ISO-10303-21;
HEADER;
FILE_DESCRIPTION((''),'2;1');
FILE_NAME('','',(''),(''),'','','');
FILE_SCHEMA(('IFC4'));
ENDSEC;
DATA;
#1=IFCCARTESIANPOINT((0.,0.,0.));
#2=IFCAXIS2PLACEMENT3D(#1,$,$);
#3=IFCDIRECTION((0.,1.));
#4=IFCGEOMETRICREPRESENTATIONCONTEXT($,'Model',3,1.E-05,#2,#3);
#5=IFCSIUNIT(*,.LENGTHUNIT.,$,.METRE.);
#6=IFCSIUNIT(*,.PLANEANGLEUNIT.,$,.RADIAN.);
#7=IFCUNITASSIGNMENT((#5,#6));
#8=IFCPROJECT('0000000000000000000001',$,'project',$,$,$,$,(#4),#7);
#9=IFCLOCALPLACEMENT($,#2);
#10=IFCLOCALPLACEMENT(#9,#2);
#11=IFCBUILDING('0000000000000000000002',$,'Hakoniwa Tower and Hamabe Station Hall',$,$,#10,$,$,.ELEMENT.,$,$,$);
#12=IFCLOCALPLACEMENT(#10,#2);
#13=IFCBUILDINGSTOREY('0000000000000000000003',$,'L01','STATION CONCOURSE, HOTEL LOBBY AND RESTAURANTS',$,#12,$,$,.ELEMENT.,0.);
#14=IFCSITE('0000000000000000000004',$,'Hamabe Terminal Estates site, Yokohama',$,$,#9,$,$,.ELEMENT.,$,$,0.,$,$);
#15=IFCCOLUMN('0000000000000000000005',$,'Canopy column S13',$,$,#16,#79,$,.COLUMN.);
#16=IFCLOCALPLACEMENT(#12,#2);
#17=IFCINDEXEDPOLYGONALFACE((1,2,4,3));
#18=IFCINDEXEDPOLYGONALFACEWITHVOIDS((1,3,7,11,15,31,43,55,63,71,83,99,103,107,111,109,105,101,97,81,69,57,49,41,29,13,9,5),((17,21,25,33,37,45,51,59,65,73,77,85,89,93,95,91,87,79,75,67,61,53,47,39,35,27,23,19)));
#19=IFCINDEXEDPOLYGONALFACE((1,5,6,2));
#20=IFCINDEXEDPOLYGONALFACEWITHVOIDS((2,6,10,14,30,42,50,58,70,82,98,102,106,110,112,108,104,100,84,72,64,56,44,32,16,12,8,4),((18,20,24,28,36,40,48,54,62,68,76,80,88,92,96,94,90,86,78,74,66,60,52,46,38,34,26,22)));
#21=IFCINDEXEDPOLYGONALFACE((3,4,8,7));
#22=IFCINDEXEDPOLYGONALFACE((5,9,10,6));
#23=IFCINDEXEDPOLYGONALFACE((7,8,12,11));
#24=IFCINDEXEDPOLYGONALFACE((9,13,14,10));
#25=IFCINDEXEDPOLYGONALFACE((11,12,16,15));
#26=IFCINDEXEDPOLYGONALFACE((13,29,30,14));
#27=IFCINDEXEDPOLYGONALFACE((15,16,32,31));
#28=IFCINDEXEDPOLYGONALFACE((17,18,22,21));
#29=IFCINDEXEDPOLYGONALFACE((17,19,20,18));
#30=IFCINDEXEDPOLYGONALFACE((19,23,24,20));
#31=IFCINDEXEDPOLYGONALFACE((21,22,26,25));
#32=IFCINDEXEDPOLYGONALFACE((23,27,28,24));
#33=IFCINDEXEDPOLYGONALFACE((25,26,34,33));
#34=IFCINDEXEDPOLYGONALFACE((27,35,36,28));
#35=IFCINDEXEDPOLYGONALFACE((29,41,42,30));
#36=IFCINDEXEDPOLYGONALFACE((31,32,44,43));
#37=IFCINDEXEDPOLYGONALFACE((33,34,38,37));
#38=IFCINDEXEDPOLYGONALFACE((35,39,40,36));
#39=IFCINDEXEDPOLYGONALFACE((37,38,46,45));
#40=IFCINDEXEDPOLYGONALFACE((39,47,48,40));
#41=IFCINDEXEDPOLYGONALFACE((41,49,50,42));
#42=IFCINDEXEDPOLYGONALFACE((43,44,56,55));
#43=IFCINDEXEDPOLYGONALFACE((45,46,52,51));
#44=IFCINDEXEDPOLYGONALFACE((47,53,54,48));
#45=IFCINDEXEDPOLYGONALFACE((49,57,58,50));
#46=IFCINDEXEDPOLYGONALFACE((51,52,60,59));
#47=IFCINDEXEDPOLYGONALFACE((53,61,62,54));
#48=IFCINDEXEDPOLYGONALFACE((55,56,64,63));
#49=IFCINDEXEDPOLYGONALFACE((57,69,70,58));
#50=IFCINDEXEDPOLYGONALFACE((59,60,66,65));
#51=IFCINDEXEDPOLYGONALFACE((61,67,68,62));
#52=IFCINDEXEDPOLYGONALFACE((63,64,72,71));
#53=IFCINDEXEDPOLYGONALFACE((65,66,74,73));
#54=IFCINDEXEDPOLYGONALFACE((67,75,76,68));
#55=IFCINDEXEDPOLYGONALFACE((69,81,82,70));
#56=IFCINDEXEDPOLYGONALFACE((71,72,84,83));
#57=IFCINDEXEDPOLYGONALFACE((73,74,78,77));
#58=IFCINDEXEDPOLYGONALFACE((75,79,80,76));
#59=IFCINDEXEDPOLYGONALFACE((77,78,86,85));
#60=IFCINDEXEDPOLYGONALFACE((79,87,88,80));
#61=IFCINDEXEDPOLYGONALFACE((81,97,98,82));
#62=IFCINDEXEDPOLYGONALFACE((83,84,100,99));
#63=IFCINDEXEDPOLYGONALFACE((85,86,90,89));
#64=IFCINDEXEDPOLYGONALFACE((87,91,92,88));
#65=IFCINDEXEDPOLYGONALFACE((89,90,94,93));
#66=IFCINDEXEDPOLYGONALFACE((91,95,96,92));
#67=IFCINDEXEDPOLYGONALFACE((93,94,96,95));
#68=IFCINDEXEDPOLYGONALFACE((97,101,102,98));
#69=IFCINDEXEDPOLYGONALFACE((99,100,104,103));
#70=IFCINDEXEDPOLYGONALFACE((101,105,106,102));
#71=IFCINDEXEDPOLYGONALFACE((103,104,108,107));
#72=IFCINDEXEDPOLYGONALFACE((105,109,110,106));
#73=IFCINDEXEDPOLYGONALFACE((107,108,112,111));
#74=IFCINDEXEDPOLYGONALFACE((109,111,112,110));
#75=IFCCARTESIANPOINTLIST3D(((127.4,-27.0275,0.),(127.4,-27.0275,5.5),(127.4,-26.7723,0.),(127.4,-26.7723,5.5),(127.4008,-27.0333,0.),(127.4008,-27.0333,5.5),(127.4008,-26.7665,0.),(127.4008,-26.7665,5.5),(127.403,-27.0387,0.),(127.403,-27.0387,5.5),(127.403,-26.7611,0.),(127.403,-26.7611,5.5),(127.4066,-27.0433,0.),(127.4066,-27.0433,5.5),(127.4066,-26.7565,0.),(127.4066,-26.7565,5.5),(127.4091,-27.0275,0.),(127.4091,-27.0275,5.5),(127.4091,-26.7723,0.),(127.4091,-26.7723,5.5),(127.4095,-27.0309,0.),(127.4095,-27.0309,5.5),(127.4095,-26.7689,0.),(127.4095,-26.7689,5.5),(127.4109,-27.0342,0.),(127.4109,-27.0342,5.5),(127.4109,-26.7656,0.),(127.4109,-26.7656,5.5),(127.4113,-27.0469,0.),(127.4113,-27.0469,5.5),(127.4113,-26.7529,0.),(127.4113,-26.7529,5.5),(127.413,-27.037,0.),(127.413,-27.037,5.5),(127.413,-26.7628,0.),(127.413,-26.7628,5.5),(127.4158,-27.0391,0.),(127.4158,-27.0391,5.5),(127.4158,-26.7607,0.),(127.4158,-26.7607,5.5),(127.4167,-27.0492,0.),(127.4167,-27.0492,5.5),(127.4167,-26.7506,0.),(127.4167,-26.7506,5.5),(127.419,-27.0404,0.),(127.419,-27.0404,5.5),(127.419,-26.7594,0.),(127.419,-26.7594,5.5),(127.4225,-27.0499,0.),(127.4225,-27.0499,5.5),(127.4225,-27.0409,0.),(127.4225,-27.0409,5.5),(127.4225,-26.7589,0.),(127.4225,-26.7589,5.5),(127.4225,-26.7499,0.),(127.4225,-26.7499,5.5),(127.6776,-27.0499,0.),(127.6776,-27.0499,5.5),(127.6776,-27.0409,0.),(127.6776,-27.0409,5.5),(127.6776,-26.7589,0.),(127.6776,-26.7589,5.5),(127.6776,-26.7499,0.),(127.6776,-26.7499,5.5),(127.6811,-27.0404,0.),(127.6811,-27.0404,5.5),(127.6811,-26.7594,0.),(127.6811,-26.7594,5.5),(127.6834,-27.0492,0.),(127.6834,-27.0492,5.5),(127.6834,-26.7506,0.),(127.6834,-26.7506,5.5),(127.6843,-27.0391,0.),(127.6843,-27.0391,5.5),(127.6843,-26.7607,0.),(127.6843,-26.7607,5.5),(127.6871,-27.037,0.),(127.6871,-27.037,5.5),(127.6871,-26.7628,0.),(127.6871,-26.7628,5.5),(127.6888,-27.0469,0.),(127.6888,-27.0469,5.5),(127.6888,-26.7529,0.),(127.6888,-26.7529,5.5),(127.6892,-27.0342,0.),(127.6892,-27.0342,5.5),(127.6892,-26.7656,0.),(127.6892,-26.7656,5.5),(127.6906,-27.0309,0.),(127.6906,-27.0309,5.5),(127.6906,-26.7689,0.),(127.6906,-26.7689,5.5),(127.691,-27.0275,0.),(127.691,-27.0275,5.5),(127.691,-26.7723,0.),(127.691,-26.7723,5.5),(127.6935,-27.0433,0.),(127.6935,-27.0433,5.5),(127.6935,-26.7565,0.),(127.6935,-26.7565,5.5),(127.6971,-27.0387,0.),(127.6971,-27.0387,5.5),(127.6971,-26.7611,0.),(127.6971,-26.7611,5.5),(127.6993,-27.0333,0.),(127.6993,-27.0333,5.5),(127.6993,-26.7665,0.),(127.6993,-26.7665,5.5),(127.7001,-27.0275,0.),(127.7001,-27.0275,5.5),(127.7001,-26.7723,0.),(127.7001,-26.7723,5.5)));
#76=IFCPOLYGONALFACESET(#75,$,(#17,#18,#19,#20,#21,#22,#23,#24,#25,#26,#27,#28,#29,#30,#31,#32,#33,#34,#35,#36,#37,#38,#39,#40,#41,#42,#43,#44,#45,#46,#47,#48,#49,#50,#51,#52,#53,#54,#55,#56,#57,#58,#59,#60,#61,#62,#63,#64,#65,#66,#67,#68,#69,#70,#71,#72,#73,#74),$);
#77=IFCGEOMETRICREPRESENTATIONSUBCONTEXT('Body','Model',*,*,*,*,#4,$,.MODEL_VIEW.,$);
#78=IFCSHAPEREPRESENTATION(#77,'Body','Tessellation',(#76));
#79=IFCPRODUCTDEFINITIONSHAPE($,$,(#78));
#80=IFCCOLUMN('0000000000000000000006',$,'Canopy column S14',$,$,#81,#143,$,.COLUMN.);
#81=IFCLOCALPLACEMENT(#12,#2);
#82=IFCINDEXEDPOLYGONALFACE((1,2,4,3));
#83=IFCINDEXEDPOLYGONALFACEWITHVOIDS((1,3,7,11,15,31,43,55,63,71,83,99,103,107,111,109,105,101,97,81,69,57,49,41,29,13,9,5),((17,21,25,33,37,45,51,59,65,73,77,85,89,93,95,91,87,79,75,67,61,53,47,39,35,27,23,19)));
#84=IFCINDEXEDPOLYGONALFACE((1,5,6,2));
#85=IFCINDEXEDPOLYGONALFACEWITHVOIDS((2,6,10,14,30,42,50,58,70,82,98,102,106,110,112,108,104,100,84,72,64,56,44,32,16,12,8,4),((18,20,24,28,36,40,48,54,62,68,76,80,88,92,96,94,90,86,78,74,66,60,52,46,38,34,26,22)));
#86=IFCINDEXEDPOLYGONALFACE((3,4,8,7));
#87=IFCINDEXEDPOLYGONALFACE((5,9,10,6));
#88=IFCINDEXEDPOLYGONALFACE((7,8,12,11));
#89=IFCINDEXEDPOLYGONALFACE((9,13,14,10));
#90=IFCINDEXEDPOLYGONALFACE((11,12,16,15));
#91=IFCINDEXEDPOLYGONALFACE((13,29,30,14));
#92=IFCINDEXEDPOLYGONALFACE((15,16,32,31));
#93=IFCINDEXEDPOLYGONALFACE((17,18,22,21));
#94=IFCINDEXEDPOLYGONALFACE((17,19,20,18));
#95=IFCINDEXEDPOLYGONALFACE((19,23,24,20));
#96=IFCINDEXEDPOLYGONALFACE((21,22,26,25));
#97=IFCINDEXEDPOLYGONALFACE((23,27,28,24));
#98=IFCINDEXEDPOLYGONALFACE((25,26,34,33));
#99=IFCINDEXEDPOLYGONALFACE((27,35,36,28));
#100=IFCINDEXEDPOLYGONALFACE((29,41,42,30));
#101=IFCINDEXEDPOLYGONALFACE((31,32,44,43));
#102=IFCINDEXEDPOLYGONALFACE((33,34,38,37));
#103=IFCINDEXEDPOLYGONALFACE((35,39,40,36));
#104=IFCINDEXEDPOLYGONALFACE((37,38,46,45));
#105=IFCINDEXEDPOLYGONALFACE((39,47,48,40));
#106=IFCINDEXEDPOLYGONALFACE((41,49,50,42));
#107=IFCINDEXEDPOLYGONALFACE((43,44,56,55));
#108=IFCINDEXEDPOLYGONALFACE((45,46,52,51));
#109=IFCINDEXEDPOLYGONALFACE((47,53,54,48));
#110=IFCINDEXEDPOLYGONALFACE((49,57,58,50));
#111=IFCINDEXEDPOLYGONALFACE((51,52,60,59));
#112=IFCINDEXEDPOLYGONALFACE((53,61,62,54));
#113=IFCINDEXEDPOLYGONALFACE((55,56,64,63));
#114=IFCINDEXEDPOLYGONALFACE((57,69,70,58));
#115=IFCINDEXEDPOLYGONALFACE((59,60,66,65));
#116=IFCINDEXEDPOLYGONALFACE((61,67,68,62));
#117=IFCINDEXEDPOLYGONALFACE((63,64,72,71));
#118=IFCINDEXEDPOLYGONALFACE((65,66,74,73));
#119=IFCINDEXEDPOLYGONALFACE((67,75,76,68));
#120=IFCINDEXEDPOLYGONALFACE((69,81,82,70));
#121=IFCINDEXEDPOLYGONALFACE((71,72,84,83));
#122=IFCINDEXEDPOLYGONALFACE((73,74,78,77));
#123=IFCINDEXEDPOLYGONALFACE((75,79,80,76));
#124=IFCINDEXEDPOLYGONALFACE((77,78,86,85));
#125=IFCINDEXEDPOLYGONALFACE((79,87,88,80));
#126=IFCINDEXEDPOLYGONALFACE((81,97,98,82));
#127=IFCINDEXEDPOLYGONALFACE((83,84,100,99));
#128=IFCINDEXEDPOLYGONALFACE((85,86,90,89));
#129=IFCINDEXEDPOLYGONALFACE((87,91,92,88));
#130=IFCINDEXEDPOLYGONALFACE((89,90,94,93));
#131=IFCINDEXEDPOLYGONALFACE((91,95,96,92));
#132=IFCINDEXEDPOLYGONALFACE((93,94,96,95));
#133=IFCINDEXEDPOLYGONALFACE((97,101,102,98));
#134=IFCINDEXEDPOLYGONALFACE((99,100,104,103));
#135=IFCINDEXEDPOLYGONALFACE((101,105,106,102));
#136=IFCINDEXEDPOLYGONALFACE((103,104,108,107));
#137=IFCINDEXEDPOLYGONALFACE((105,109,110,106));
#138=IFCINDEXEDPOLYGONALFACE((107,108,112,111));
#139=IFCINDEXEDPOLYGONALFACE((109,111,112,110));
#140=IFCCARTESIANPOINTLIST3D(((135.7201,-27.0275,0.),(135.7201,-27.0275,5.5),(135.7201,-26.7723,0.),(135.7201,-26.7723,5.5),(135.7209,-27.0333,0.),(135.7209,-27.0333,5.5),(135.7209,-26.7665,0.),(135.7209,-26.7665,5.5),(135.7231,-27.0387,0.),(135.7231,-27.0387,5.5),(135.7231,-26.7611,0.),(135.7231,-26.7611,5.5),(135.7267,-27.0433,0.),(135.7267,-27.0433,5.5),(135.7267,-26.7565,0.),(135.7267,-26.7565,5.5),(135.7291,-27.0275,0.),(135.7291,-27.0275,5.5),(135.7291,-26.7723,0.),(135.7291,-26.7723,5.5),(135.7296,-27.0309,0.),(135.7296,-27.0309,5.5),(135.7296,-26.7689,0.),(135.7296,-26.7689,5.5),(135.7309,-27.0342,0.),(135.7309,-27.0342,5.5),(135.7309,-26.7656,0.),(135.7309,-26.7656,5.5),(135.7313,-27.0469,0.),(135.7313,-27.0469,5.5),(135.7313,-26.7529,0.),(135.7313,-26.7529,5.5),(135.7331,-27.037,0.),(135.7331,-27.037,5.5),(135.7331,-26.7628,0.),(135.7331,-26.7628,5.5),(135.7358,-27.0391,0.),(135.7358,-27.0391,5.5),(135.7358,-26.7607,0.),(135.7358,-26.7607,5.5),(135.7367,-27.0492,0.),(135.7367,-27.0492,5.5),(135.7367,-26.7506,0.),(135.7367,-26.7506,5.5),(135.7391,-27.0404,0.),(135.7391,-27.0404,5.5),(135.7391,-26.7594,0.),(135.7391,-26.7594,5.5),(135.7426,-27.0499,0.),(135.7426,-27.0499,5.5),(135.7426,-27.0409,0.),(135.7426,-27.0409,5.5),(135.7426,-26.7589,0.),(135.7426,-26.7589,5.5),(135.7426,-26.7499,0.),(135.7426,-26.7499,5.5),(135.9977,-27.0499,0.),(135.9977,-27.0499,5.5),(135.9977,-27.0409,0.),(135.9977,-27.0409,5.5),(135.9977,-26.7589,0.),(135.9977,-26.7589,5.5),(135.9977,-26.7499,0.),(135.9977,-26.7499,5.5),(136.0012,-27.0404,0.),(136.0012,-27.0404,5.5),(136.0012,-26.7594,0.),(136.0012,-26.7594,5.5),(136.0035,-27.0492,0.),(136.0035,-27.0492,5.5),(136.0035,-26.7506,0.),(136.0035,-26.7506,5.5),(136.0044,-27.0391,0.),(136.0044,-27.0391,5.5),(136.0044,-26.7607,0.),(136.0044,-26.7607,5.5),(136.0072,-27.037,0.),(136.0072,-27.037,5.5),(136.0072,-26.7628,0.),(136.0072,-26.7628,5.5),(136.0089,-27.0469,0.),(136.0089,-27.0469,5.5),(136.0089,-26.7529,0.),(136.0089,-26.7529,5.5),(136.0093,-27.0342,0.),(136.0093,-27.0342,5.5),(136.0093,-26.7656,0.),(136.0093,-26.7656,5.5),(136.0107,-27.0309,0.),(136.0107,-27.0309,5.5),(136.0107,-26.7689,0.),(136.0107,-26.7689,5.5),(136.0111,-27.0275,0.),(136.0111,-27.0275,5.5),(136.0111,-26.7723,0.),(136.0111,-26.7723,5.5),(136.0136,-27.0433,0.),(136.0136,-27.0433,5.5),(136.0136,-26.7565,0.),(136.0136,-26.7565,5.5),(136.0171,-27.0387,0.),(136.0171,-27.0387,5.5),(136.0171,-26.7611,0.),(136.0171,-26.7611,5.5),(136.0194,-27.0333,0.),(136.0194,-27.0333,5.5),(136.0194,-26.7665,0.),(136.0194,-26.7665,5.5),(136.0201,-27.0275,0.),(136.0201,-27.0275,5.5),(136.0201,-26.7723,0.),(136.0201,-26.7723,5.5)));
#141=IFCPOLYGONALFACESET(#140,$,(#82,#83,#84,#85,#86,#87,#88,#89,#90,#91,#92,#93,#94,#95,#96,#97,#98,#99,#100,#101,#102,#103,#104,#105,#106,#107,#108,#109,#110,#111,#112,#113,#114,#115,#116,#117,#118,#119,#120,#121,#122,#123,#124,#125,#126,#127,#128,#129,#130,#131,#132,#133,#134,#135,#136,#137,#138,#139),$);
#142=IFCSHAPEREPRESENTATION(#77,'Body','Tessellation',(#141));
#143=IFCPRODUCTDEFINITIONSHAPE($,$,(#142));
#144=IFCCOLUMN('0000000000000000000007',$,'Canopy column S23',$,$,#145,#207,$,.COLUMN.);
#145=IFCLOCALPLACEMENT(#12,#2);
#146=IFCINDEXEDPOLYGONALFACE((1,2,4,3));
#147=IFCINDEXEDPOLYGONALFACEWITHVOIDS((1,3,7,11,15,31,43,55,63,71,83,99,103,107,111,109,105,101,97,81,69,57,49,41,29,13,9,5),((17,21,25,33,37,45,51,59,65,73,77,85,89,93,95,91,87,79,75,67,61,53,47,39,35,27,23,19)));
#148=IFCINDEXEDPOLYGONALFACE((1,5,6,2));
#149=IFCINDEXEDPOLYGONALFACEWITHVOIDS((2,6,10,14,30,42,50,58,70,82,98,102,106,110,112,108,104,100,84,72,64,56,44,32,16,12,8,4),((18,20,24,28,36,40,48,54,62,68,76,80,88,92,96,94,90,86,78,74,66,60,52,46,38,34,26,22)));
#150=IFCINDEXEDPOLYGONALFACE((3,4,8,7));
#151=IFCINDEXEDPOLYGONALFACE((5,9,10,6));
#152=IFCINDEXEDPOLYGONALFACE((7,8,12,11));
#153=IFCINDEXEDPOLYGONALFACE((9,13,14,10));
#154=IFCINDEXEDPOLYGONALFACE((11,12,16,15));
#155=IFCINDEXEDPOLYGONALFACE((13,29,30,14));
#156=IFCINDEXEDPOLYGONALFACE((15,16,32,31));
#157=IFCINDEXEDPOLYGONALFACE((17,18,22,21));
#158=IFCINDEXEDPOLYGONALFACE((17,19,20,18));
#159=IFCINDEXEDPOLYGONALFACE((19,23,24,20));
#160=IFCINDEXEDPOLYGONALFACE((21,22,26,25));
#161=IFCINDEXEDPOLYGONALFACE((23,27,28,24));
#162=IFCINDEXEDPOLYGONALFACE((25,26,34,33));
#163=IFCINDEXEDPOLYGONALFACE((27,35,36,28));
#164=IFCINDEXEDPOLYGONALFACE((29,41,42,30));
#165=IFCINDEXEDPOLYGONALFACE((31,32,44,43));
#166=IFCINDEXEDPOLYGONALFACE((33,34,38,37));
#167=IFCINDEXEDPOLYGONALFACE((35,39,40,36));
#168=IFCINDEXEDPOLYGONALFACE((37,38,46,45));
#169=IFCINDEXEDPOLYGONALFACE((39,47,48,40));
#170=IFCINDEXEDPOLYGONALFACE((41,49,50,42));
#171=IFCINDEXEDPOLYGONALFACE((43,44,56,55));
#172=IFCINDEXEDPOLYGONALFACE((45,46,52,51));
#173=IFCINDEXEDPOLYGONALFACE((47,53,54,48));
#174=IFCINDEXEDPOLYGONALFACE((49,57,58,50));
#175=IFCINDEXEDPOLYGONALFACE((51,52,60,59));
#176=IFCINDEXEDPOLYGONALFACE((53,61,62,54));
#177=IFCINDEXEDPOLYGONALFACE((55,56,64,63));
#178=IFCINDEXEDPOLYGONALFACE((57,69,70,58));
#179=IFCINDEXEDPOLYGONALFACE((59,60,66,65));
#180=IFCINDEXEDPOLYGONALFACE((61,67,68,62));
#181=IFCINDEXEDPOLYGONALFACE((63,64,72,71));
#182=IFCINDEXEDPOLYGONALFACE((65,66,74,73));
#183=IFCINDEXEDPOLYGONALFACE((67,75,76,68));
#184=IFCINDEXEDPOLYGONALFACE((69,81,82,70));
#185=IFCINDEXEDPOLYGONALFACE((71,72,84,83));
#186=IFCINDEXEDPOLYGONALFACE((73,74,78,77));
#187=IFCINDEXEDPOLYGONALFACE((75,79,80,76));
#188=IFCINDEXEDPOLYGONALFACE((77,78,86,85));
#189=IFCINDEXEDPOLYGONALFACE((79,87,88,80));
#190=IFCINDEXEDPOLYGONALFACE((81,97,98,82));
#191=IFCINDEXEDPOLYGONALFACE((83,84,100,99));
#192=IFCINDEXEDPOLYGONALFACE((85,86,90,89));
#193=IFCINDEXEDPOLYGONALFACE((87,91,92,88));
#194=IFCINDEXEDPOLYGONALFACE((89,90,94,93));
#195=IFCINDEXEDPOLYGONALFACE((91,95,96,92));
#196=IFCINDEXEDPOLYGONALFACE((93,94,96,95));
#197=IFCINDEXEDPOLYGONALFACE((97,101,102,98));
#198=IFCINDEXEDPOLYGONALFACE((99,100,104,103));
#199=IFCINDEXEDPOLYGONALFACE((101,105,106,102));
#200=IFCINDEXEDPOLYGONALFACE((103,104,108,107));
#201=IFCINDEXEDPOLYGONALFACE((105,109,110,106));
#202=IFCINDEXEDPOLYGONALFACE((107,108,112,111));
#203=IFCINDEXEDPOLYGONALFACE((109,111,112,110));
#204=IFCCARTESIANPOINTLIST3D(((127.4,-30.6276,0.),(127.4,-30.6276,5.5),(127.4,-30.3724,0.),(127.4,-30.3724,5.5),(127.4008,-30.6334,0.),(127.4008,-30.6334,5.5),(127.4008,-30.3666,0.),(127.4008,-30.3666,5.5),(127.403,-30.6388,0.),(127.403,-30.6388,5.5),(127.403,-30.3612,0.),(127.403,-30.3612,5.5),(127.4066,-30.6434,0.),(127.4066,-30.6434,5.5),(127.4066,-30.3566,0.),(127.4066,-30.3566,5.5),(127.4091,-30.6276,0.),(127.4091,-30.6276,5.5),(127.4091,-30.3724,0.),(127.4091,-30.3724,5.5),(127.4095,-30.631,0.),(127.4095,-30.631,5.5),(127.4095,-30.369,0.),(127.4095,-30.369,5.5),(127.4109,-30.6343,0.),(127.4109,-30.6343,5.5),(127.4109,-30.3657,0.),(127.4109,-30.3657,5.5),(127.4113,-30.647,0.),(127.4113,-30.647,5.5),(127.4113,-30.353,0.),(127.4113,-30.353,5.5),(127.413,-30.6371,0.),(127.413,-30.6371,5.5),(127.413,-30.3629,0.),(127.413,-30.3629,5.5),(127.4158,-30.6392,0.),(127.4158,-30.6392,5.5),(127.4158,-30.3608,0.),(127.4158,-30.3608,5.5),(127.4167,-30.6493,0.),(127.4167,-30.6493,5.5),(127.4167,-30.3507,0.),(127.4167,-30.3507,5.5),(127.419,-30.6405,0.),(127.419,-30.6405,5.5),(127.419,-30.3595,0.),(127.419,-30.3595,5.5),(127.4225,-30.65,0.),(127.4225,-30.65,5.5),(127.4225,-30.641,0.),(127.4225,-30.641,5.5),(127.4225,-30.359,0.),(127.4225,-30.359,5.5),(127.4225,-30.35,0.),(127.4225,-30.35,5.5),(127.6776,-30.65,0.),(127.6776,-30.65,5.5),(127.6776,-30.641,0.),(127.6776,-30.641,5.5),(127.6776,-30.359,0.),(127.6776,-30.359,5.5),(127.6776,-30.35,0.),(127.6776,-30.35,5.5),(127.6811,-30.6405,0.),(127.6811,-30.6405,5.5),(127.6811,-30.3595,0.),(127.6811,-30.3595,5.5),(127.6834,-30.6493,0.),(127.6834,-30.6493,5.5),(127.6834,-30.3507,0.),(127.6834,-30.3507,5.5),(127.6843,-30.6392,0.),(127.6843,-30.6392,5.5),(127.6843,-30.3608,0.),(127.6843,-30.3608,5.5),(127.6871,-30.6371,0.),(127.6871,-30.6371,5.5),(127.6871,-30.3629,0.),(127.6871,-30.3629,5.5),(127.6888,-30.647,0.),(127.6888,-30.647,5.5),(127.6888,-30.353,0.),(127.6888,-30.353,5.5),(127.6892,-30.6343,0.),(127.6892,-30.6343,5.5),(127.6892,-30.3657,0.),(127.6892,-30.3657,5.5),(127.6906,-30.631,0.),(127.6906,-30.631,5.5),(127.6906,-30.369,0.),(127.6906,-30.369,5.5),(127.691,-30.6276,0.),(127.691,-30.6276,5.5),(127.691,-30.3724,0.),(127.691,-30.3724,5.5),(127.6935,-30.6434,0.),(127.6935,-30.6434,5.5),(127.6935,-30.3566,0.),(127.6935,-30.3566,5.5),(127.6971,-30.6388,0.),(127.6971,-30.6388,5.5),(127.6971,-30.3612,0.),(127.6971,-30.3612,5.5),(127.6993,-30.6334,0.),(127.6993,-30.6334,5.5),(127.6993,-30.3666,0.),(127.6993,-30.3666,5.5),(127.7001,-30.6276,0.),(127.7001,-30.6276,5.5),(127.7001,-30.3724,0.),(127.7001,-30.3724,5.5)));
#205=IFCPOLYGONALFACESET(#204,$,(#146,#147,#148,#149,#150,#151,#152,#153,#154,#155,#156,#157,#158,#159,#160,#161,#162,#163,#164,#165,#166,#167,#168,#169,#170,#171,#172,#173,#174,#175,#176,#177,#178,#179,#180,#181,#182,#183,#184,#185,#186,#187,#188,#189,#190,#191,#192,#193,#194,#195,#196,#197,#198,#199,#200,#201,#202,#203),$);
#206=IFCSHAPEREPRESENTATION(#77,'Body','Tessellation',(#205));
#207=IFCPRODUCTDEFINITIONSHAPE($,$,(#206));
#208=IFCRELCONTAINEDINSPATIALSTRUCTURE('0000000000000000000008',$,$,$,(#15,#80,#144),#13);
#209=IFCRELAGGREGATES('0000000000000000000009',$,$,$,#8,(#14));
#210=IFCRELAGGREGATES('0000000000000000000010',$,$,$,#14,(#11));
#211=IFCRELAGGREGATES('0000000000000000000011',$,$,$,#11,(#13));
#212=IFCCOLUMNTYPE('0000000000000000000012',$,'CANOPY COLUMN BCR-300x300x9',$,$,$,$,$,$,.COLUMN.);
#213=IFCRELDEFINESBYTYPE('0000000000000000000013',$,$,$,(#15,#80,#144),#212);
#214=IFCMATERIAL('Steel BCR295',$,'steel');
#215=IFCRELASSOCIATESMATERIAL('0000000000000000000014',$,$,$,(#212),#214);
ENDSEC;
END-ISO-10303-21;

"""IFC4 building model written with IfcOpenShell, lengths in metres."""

from ifc_helpers import new_model, si_unit, direction, frame, origin, origin_2d, place, context, subcontext, project, spatial, hollow_rectangle, extrude, material, material_profile, profile_set, type_object, element, save


model = new_model("IFC4")

# Units and contexts
model_context = context("Model", 3, precision=1e-05, world=origin(), true_north=direction((0.0, 1.0)))
body_context = subcontext(model_context, "Body", "Model", "MODEL_VIEW")
ifc_project = project(units=[si_unit("LENGTHUNIT", "METRE"), si_unit("PLANEANGLEUNIT", "RADIAN")], contexts=[model_context])

# Site, building, storey
site_placement = place(None, origin())
site = spatial("IfcSite", under=ifc_project, at=site_placement, Name="Hamabe Terminal Estates site, Yokohama", CompositionType="ELEMENT", RefElevation=0.0)
building_placement = place(site_placement, origin())
building = spatial("IfcBuilding", under=site, at=building_placement, Name="Hakoniwa Tower and Hamabe Station Hall", CompositionType="ELEMENT")
storey_placement = place(building_placement, origin())
storey = spatial("IfcBuildingStorey", under=building, at=storey_placement, Name="L01", Description="STATION CONCOURSE, HOTEL LOBBY AND RESTAURANTS", CompositionType="ELEMENT", Elevation=0.0)

# Columns
ifc_material_1 = material(Name="Steel BCR295", Category="steel")
ifc_material_profile_1 = material_profile(ifc_material_1, hollow_rectangle(XDim=0.3, YDim=0.3, WallThickness=0.009, InnerFilletRadius=0.0134, OuterFilletRadius=0.0225, at=origin_2d()), Name="BCR-300x300x9")
ifc_profile_set_1 = profile_set([ifc_material_profile_1], Name="Steel BCR295")
column_type_1 = type_object("IfcColumnType", Name="CANOPY COLUMN BCR-300x300x9", PredefinedType="COLUMN", material=ifc_profile_set_1)
for number, where, z_axis, x_axis, name in (
    (1, (127.55, -26.8999, 0.0), (0.0, 0.0, 1.0), (1.0, 0.0, 0.0), "Canopy column S13"),
    (2, (135.8701, -26.8999, 0.0), (0.0, 0.0, 1.0), (1.0, 0.0, 0.0), "Canopy column S14"),
    (3, (127.55, -30.5, 0.0), (0.0, 0.0, 1.0), (1.0, 0.0, 0.0), "Canopy column S23"),
):
    element("IfcColumn", number, at=place(storey_placement, frame(where, z_axis=z_axis, x_axis=x_axis)), inside=storey, type_object=column_type_1, Name=name, PredefinedType="COLUMN", context=body_context, shape_type="SweptSolid", body=[
        extrude(hollow_rectangle(XDim=0.3, YDim=0.3, WallThickness=0.009, InnerFilletRadius=0.0134, OuterFilletRadius=0.0225, at=origin_2d()), origin(), (0.0, 0.0, 1.0), 5.5),
    ])

save(model, "model.ifc")
